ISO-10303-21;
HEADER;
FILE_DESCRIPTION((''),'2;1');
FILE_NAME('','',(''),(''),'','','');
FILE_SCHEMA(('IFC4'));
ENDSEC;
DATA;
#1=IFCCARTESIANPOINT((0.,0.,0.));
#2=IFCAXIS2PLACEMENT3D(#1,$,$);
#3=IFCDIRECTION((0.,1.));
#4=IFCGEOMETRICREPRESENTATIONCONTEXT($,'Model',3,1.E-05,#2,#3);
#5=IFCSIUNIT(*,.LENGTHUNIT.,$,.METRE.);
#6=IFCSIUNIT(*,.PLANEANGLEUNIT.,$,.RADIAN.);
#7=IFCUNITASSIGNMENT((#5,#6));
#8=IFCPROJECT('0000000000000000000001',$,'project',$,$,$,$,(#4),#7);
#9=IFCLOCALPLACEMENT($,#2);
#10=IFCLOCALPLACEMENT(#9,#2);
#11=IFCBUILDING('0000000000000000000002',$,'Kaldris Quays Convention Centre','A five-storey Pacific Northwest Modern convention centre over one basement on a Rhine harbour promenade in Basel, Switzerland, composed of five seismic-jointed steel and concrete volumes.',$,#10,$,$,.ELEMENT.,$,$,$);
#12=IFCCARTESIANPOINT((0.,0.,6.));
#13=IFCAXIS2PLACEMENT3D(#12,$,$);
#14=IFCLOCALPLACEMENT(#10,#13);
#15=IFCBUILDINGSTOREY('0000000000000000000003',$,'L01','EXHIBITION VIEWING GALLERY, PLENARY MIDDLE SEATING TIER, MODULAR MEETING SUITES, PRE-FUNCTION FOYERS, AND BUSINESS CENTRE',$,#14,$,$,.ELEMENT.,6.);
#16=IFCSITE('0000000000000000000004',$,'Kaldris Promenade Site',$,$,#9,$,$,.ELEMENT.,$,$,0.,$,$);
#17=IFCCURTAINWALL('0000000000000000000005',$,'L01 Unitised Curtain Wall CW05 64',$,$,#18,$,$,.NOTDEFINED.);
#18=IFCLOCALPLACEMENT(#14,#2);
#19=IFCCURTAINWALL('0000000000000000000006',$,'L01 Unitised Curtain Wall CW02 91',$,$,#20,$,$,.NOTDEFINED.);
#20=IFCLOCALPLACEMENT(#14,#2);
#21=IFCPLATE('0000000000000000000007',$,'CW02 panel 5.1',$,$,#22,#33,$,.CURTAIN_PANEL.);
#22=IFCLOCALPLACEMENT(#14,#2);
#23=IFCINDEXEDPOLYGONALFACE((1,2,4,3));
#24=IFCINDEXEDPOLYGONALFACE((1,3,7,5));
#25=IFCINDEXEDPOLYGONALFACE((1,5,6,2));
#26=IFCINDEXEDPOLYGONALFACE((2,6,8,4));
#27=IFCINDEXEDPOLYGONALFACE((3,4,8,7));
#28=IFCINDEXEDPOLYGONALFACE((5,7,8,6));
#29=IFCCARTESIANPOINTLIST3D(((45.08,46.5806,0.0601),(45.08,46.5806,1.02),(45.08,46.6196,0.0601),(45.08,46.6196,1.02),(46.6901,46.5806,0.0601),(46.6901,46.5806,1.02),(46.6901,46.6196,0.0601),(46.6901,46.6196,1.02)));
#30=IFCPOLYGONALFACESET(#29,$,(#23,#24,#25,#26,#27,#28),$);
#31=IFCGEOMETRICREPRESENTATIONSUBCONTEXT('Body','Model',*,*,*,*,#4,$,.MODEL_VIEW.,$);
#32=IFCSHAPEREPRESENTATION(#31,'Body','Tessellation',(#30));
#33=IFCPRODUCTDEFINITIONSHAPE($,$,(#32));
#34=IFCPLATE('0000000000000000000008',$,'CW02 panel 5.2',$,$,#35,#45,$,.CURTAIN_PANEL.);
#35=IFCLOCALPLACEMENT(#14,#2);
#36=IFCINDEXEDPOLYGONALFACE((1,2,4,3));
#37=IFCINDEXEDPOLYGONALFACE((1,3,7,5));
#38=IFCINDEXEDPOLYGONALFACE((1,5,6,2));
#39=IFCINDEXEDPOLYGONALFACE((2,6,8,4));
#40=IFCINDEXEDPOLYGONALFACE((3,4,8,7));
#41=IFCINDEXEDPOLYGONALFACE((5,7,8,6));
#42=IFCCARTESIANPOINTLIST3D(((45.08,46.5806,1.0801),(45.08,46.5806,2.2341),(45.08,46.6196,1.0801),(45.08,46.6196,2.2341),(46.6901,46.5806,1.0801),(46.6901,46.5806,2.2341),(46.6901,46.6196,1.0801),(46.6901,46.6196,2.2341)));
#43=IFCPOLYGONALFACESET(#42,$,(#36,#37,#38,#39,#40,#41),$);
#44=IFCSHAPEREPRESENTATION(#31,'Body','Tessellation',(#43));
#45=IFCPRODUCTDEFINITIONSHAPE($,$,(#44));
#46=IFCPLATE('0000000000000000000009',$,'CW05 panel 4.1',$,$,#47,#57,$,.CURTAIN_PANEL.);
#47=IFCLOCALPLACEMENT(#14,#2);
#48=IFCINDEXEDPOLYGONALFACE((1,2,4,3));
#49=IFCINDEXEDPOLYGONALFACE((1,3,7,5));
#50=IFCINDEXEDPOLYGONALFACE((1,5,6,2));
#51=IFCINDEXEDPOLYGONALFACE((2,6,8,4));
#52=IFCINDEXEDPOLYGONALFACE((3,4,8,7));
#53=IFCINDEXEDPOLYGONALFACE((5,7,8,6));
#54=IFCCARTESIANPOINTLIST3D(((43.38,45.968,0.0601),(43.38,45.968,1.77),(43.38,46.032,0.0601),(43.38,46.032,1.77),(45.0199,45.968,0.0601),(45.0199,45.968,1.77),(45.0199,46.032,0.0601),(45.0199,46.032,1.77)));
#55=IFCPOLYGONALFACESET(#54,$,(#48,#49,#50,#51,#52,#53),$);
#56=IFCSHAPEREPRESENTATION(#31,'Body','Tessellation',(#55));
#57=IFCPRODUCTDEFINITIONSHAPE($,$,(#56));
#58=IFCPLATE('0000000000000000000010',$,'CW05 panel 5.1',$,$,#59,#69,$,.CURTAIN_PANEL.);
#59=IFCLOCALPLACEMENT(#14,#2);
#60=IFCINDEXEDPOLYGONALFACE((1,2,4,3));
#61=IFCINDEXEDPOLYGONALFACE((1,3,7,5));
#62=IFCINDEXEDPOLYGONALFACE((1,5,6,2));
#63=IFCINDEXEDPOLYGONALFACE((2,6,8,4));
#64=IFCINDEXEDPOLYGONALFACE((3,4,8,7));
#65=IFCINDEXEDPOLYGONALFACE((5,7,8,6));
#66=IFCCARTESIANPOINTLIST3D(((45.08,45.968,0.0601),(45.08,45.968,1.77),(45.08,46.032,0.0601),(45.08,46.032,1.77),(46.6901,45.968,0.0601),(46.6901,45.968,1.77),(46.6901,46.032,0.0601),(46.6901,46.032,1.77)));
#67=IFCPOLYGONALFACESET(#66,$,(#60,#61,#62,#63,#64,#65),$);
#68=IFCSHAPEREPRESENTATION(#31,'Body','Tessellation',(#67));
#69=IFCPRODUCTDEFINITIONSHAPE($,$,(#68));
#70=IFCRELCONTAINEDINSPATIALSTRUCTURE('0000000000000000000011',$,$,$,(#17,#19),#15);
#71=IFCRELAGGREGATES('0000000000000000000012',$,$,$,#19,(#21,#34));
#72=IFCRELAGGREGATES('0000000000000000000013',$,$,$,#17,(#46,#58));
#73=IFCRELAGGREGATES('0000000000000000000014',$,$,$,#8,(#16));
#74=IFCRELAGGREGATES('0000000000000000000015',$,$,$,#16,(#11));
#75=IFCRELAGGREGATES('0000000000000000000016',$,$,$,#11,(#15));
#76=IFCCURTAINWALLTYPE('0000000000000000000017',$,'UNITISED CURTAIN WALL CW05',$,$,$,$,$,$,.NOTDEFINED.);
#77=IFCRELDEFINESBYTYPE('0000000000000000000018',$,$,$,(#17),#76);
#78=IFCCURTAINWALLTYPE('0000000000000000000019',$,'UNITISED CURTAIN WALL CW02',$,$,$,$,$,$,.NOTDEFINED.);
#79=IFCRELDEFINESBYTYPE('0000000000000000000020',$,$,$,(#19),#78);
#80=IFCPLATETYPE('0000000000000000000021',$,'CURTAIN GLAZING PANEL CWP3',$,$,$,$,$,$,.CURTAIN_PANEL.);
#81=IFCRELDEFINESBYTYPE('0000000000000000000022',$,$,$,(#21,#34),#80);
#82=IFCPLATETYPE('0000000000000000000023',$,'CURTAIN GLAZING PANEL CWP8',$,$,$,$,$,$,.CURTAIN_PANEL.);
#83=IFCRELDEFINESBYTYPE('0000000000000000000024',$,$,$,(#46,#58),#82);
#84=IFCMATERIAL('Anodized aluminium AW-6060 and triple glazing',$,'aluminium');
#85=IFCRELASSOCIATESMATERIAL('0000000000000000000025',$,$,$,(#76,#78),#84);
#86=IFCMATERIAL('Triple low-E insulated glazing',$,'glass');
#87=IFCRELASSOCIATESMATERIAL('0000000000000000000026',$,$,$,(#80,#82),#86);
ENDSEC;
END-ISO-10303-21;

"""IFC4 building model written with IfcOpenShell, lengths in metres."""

from ifc_helpers import new_model, si_unit, direction, frame, origin, origin_2d, place, context, subcontext, project, spatial, rectangle, extrude, material, type_object, element, aggregate, save


model = new_model("IFC4")

# Units and contexts
model_context = context("Model", 3, precision=1e-05, world=origin(), true_north=direction((0.0, 1.0)))
body_context = subcontext(model_context, "Body", "Model", "MODEL_VIEW")
ifc_project = project(units=[si_unit("LENGTHUNIT", "METRE"), si_unit("PLANEANGLEUNIT", "RADIAN")], contexts=[model_context])

# Site, building, storey
site_placement = place(None, origin())
site = spatial("IfcSite", under=ifc_project, at=site_placement, Name="Kaldris Promenade Site", CompositionType="ELEMENT", RefElevation=0.0)
building_placement = place(site_placement, origin())
building = spatial("IfcBuilding", under=site, at=building_placement, Name="Kaldris Quays Convention Centre", Description="A five-storey Pacific Northwest Modern convention centre over one basement on a Rhine harbour promenade in Basel, Switzerland, composed of five seismic-jointed steel and concrete volumes.", CompositionType="ELEMENT")
storey_placement = place(building_placement, frame((0.0, 0.0, 6.0)))
storey = spatial("IfcBuildingStorey", under=building, at=storey_placement, Name="L01", Description="EXHIBITION VIEWING GALLERY, PLENARY MIDDLE SEATING TIER, MODULAR MEETING SUITES, PRE-FUNCTION FOYERS, AND BUSINESS CENTRE", CompositionType="ELEMENT", Elevation=6.0)

# Curtain walls
ifc_material_1 = material(Name="Anodized aluminium AW-6060 and triple glazing", Category="aluminium")
curtain_wall_type_1 = type_object("IfcCurtainWallType", Name="UNITISED CURTAIN WALL CW05", PredefinedType="NOTDEFINED", material=ifc_material_1)
curtain_wall_1_placement = place(storey_placement, origin())
curtain_wall_1 = element("IfcCurtainWall", 1, at=curtain_wall_1_placement, inside=storey, type_object=curtain_wall_type_1, Name="L01 Unitised Curtain Wall CW05 64", PredefinedType="NOTDEFINED")
curtain_wall_type_2 = type_object("IfcCurtainWallType", Name="UNITISED CURTAIN WALL CW02", PredefinedType="NOTDEFINED", material=ifc_material_1)
curtain_wall_2_placement = place(storey_placement, origin())
curtain_wall_2 = element("IfcCurtainWall", 2, at=curtain_wall_2_placement, inside=storey, type_object=curtain_wall_type_2, Name="L01 Unitised Curtain Wall CW02 91", PredefinedType="NOTDEFINED")

# Plates
ifc_material_2 = material(Name="Triple low-E insulated glazing", Category="glass")
plate_type_1 = type_object("IfcPlateType", Name="CURTAIN GLAZING PANEL CWP3", PredefinedType="CURTAIN_PANEL", material=ifc_material_2)
plate_1_placement = place(storey_placement, frame((45.885, 46.6001, 0.0601), z_axis=(0.0, 0.0, 1.0), x_axis=(1.0, 0.0, 0.0)))
plate_1 = element("IfcPlate", 3, at=plate_1_placement, type_object=plate_type_1, Name="CW02 panel 5.1", PredefinedType="CURTAIN_PANEL", context=body_context, shape_type="SweptSolid", body=[
    extrude(rectangle(XDim=1.6101, YDim=0.0391, at=origin_2d()), origin(), (0.0, 0.0, 1.0), 0.96),
])
plate_2_placement = place(storey_placement, frame((45.885, 46.6001, 1.0801), z_axis=(0.0, 0.0, 1.0), x_axis=(1.0, 0.0, 0.0)))
plate_2 = element("IfcPlate", 4, at=plate_2_placement, type_object=plate_type_1, Name="CW02 panel 5.2", PredefinedType="CURTAIN_PANEL", context=body_context, shape_type="SweptSolid", body=[
    extrude(rectangle(XDim=1.6101, YDim=0.0391, at=origin_2d()), origin(), (0.0, 0.0, 1.0), 1.1541),
])
aggregate(curtain_wall_2, [plate_1, plate_2])
plate_type_2 = type_object("IfcPlateType", Name="CURTAIN GLAZING PANEL CWP8", PredefinedType="CURTAIN_PANEL", material=ifc_material_2)
plate_3_placement = place(storey_placement, frame((44.2, 46.0, 0.0601), z_axis=(0.0, 0.0, 1.0), x_axis=(1.0, 0.0, 0.0)))
plate_3 = element("IfcPlate", 5, at=plate_3_placement, type_object=plate_type_2, Name="CW05 panel 4.1", PredefinedType="CURTAIN_PANEL", context=body_context, shape_type="SweptSolid", body=[
    extrude(rectangle(XDim=1.6399, YDim=0.064, at=origin_2d()), origin(), (0.0, 0.0, 1.0), 1.71),
])
plate_4_placement = place(storey_placement, frame((45.885, 46.0, 0.0601), z_axis=(0.0, 0.0, 1.0), x_axis=(1.0, 0.0, 0.0)))
plate_4 = element("IfcPlate", 6, at=plate_4_placement, type_object=plate_type_2, Name="CW05 panel 5.1", PredefinedType="CURTAIN_PANEL", context=body_context, shape_type="SweptSolid", body=[
    extrude(rectangle(XDim=1.6101, YDim=0.064, at=origin_2d()), origin(), (0.0, 0.0, 1.0), 1.71),
])
aggregate(curtain_wall_1, [plate_3, plate_4])

save(model, "model.ifc")
